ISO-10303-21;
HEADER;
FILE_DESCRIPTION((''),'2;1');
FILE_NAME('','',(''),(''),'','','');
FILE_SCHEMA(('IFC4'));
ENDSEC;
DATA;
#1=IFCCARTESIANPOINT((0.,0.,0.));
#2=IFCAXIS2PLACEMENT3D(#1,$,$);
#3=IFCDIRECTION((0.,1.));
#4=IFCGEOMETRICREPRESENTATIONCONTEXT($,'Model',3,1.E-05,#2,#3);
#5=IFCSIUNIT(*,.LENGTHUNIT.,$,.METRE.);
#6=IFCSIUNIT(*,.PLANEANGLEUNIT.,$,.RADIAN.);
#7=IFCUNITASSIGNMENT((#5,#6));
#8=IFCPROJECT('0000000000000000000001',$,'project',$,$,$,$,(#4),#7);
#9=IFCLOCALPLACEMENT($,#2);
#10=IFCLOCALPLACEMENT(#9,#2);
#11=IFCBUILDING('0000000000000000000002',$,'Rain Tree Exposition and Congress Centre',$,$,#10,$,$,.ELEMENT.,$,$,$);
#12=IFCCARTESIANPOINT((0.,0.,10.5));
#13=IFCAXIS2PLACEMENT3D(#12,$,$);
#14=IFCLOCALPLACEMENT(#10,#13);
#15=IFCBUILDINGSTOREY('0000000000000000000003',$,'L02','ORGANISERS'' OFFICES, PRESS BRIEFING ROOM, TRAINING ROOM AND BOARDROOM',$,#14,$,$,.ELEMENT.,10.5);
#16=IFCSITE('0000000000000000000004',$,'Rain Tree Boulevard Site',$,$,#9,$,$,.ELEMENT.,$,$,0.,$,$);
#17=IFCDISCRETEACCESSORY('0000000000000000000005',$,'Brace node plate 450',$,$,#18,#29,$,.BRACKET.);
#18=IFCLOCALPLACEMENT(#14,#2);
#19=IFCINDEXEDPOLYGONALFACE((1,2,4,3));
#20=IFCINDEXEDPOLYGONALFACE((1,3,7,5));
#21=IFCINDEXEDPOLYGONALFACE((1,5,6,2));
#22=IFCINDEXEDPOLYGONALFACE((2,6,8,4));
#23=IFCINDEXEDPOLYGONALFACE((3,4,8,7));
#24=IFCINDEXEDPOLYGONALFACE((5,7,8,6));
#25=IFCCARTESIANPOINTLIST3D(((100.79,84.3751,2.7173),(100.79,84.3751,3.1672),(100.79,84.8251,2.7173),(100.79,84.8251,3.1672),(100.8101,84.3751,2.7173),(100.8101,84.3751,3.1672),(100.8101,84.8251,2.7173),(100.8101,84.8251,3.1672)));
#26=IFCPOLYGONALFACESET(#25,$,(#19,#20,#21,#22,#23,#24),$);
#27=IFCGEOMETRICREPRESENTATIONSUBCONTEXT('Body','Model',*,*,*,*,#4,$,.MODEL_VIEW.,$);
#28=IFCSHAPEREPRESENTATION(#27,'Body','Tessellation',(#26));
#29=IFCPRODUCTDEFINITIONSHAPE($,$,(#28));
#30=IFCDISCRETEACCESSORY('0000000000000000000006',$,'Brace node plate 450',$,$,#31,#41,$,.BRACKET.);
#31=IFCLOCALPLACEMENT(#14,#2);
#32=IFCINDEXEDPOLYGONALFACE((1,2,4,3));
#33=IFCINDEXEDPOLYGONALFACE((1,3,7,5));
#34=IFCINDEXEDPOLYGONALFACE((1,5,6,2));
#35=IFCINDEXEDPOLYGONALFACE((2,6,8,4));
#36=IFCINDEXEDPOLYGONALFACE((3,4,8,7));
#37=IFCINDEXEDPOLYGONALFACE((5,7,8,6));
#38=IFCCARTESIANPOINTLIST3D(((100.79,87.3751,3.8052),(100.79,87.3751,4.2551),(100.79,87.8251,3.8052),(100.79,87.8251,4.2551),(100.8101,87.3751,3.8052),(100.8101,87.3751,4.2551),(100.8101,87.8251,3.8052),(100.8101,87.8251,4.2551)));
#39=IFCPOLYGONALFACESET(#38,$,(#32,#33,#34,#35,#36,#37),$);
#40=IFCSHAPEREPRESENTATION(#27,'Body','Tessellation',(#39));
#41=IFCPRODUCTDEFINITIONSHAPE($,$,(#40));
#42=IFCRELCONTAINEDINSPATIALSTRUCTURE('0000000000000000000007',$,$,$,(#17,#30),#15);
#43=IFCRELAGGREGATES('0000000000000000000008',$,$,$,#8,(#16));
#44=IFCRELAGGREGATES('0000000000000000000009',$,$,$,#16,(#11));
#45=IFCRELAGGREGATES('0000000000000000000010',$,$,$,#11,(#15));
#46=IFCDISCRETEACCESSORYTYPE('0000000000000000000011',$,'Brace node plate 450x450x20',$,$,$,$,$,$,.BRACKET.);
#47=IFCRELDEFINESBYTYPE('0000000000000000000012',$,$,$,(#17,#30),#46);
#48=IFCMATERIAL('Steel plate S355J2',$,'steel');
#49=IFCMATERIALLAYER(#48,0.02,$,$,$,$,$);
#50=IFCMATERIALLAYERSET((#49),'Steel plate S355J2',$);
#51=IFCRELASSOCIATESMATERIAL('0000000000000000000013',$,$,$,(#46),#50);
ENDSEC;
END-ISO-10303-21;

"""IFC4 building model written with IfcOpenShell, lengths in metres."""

from ifc_helpers import new_model, si_unit, direction, frame, origin, origin_2d, place, context, subcontext, project, spatial, rectangle, extrude, material, layer, layer_set, type_object, element, save


model = new_model("IFC4")

# Units and contexts
model_context = context("Model", 3, precision=1e-05, world=origin(), true_north=direction((0.0, 1.0)))
body_context = subcontext(model_context, "Body", "Model", "MODEL_VIEW")
ifc_project = project(units=[si_unit("LENGTHUNIT", "METRE"), si_unit("PLANEANGLEUNIT", "RADIAN")], contexts=[model_context])

# Site, building, storey
site_placement = place(None, origin())
site = spatial("IfcSite", under=ifc_project, at=site_placement, Name="Rain Tree Boulevard Site", CompositionType="ELEMENT", RefElevation=0.0)
building_placement = place(site_placement, origin())
building = spatial("IfcBuilding", under=site, at=building_placement, Name="Rain Tree Exposition and Congress Centre", CompositionType="ELEMENT")
storey_placement = place(building_placement, frame((0.0, 0.0, 10.5)))
storey = spatial("IfcBuildingStorey", under=building, at=storey_placement, Name="L02", Description="ORGANISERS' OFFICES, PRESS BRIEFING ROOM, TRAINING ROOM AND BOARDROOM", CompositionType="ELEMENT", Elevation=10.5)

# Discrete accessories
ifc_material_1 = material(Name="Steel plate S355J2", Category="steel")
ifc_layer = layer(ifc_material_1, 0.02)
ifc_layer_set = layer_set([ifc_layer], Name="Steel plate S355J2")
discrete_accessory_type = type_object("IfcDiscreteAccessoryType", Name="Brace node plate 450x450x20", PredefinedType="BRACKET", material=ifc_layer_set)
for number, where, z_axis, x_axis, name in (
    (1, (100.8, 84.6001, 2.7173), (0.0, 0.0, 1.0), (0.0, 1.0, 0.0), "Brace node plate 450"),
    (2, (100.8, 87.6001, 3.8052), (0.0, 0.0, 1.0), (0.0, 1.0, 0.0), "Brace node plate 450"),
):
    element("IfcDiscreteAccessory", number, at=place(storey_placement, frame(where, z_axis=z_axis, x_axis=x_axis)), inside=storey, type_object=discrete_accessory_type, Name=name, PredefinedType="BRACKET", context=body_context, shape_type="SweptSolid", body=[
        extrude(rectangle(XDim=0.45, YDim=0.02, at=origin_2d()), origin(), (0.0, 0.0, 1.0), 0.45),
    ])

save(model, "model.ifc")
